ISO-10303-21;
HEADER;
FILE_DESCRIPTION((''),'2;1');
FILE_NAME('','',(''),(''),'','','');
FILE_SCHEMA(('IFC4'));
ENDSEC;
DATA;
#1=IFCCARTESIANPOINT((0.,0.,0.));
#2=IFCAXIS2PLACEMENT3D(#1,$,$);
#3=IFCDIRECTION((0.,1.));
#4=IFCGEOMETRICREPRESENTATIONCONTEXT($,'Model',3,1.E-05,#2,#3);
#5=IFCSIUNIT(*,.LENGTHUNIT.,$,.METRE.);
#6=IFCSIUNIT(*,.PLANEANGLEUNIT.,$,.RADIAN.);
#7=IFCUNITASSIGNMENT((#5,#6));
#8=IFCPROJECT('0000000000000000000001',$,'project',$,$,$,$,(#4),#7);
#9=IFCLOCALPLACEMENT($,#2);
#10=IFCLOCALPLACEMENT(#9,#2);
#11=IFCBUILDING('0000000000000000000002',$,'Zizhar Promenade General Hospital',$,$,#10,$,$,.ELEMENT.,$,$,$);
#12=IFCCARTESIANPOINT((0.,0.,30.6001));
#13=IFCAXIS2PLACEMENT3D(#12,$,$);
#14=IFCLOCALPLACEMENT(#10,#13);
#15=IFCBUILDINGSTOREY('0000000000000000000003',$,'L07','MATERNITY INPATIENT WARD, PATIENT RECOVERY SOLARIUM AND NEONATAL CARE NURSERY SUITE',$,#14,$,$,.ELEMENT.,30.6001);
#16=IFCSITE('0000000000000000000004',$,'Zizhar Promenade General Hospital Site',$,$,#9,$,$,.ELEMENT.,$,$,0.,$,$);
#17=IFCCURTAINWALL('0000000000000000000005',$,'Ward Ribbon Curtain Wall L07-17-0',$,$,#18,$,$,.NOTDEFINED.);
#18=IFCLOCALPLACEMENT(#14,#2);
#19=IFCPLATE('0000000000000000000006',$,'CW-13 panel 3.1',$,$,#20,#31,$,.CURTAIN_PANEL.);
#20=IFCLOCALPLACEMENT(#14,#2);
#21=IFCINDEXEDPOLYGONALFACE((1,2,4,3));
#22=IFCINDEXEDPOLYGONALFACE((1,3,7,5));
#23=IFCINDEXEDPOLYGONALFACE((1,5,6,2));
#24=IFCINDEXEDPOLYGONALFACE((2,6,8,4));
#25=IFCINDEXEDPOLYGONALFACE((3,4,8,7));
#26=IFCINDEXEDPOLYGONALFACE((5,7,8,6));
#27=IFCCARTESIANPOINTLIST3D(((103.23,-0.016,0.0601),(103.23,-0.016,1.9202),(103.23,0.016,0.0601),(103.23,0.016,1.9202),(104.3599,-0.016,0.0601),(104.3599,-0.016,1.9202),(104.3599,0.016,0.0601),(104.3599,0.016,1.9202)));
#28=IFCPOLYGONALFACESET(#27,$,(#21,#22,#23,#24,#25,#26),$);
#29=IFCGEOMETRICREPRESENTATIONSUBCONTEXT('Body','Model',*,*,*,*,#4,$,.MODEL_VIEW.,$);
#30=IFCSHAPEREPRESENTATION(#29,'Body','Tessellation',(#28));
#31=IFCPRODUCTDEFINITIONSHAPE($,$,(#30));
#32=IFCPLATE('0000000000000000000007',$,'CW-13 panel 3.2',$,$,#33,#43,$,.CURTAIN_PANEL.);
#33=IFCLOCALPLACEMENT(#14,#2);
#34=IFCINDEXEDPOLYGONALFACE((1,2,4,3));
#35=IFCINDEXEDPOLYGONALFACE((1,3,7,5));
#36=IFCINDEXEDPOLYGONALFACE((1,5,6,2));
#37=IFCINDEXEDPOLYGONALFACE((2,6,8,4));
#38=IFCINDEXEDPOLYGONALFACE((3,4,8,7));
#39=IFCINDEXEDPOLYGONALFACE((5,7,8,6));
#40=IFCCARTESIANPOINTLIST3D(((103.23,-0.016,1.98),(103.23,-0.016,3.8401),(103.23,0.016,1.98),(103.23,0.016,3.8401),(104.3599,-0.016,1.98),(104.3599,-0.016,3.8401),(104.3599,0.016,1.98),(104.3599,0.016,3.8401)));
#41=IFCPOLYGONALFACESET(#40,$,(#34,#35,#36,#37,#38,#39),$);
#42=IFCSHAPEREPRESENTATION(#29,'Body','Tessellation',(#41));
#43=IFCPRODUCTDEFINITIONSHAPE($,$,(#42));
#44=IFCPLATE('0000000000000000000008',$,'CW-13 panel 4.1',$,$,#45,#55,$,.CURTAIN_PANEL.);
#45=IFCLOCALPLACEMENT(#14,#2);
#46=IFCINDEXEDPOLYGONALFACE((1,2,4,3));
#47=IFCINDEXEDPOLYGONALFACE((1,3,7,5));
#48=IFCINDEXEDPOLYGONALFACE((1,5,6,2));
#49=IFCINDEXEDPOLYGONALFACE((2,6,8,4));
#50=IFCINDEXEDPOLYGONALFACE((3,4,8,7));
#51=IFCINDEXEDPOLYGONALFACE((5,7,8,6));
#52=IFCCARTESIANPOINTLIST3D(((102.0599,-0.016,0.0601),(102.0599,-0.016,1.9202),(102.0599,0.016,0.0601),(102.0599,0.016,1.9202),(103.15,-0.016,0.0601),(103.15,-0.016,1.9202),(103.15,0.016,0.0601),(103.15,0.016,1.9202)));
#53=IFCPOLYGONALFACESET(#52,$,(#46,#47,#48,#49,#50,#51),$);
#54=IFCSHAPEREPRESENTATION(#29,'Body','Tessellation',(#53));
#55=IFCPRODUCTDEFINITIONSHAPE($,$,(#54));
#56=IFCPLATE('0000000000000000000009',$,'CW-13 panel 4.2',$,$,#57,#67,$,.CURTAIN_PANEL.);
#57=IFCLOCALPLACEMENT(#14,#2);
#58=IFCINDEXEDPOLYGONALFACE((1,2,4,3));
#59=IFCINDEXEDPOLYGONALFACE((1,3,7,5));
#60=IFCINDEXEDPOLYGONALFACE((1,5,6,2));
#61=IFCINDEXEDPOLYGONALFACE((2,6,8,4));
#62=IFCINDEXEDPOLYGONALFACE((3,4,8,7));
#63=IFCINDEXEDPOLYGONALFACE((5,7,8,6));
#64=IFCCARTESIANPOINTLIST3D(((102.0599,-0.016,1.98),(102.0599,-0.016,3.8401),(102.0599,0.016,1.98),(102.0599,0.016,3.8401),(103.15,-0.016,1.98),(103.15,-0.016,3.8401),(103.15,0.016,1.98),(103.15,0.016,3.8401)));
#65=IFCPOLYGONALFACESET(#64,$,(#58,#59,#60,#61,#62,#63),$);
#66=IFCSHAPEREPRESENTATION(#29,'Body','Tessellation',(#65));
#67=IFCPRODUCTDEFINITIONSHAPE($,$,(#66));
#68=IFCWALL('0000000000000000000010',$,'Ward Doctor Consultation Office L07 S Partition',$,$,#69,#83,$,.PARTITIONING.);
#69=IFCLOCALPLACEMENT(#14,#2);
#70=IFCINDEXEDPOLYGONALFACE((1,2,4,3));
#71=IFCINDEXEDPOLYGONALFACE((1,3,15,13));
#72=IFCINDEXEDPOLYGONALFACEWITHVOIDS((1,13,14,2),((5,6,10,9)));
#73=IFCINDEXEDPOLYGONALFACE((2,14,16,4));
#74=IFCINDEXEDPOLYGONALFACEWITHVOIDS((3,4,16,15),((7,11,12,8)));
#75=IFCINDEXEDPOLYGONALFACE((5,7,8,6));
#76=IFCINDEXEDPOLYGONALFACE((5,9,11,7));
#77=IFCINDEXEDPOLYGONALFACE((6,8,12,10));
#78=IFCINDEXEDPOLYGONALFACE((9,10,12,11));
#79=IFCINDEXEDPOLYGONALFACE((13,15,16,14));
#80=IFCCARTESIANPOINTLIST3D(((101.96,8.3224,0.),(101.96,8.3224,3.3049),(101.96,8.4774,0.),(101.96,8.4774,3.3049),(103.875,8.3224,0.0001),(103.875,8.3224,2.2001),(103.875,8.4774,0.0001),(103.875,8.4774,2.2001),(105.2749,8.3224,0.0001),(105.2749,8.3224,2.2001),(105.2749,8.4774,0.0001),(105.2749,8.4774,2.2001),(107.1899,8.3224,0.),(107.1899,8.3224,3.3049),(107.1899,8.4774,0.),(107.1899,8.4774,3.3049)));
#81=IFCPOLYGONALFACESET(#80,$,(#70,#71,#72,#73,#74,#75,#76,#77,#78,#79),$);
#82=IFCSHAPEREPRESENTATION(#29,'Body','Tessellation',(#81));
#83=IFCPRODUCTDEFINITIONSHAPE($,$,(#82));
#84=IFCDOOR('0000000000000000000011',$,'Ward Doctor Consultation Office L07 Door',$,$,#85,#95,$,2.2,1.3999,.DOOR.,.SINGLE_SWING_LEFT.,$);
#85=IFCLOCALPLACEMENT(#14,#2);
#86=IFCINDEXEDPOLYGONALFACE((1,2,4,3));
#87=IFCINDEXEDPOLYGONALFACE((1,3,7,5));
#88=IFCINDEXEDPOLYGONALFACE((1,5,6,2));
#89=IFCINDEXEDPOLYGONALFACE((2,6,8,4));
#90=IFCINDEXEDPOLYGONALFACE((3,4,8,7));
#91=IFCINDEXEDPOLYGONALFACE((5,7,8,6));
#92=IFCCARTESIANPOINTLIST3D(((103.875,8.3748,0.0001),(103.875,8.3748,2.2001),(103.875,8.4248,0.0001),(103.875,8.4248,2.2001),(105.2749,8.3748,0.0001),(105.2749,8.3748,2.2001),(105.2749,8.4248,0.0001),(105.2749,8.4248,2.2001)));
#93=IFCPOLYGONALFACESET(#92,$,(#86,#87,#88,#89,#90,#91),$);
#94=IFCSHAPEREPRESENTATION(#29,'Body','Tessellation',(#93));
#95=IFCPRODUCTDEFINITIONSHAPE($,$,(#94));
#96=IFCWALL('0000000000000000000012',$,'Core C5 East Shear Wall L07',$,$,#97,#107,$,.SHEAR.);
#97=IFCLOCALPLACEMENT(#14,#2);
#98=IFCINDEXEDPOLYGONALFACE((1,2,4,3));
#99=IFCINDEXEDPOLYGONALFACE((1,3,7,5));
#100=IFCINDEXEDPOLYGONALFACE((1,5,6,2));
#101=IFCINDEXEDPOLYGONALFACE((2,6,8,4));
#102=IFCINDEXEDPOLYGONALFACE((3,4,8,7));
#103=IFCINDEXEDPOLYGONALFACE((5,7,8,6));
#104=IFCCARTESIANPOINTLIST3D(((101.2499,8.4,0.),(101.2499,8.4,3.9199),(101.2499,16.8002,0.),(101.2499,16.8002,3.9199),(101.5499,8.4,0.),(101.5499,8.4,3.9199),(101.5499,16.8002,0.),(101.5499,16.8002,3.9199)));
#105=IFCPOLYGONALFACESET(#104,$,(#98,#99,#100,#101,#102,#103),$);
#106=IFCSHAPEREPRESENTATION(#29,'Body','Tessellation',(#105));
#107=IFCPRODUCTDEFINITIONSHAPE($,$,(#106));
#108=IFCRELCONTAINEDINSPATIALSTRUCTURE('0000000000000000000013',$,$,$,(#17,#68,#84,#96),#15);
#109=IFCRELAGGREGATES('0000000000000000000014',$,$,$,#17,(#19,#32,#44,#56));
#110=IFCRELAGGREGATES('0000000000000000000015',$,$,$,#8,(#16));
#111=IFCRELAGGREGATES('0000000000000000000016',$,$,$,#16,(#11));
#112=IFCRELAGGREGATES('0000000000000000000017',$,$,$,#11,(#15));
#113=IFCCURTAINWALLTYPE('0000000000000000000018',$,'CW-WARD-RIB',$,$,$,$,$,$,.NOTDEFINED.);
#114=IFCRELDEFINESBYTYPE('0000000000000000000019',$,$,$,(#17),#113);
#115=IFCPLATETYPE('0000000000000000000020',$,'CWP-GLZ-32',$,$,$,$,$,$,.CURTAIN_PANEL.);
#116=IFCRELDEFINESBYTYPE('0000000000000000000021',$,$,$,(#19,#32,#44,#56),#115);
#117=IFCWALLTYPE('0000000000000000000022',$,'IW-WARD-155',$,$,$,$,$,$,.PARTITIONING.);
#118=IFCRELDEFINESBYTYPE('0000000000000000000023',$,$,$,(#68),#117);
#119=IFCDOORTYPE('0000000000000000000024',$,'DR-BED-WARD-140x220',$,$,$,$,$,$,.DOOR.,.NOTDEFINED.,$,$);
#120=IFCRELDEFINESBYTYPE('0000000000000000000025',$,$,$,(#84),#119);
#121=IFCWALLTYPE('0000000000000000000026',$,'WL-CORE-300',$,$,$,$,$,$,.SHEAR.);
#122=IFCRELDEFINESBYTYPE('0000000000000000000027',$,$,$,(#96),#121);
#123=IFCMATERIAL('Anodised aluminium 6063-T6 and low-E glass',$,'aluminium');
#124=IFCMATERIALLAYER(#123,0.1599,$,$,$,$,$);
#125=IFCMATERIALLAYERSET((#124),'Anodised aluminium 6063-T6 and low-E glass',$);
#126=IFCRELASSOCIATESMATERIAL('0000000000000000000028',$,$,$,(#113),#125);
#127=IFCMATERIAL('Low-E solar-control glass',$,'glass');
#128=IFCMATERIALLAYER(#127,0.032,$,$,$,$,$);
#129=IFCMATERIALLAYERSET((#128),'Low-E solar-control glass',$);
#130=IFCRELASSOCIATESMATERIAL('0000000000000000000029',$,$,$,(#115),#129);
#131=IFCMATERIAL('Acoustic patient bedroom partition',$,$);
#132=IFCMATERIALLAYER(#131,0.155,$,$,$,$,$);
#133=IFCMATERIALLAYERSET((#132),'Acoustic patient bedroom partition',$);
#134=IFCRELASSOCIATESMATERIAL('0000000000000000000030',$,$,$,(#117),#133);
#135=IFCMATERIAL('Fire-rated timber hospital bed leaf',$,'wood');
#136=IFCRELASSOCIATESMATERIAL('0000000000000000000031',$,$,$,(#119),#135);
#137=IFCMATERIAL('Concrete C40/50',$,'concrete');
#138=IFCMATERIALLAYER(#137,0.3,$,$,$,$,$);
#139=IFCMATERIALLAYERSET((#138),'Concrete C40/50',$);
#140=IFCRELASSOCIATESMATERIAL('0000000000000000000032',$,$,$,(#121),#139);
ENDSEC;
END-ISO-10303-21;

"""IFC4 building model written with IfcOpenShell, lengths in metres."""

from ifc_helpers import new_model, si_unit, direction, frame, frame_2d, origin, origin_2d, place, context, subcontext, project, spatial, rectangle, extrude, material, layer, layer_set, type_object, element, fill, aggregate, save


model = new_model("IFC4")

# Units and contexts
model_context = context("Model", 3, precision=1e-05, world=origin(), true_north=direction((0.0, 1.0)))
body_context = subcontext(model_context, "Body", "Model", "MODEL_VIEW")
ifc_project = project(units=[si_unit("LENGTHUNIT", "METRE"), si_unit("PLANEANGLEUNIT", "RADIAN")], contexts=[model_context])

# Site, building, storey
site_placement = place(None, origin())
site = spatial("IfcSite", under=ifc_project, at=site_placement, Name="Zizhar Promenade General Hospital Site", CompositionType="ELEMENT", RefElevation=0.0)
building_placement = place(site_placement, origin())
building = spatial("IfcBuilding", under=site, at=building_placement, Name="Zizhar Promenade General Hospital", CompositionType="ELEMENT")
storey_placement = place(building_placement, frame((0.0, 0.0, 30.6001)))
storey = spatial("IfcBuildingStorey", under=building, at=storey_placement, Name="L07", Description="MATERNITY INPATIENT WARD, PATIENT RECOVERY SOLARIUM AND NEONATAL CARE NURSERY SUITE", CompositionType="ELEMENT", Elevation=30.6001)

# Curtain wall, plates
ifc_material_1 = material(Name="Anodised aluminium 6063-T6 and low-E glass", Category="aluminium")
ifc_layer_1 = layer(ifc_material_1, 0.1599)
ifc_layer_set_1 = layer_set([ifc_layer_1], Name="Anodised aluminium 6063-T6 and low-E glass")
curtain_wall_type = type_object("IfcCurtainWallType", Name="CW-WARD-RIB", PredefinedType="NOTDEFINED", material=ifc_layer_set_1)
curtain_wall_placement = place(storey_placement, origin())
curtain_wall = element("IfcCurtainWall", 1, at=curtain_wall_placement, inside=storey, type_object=curtain_wall_type, Name="Ward Ribbon Curtain Wall L07-17-0", PredefinedType="NOTDEFINED")
ifc_material_2 = material(Name="Low-E solar-control glass", Category="glass")
ifc_layer_2 = layer(ifc_material_2, 0.032)
ifc_layer_set_2 = layer_set([ifc_layer_2], Name="Low-E solar-control glass")
plate_type = type_object("IfcPlateType", Name="CWP-GLZ-32", PredefinedType="CURTAIN_PANEL", material=ifc_layer_set_2)
plate_1_placement = place(storey_placement, frame((103.7949, 0.0, 0.0601), z_axis=(0.0, 0.0, 1.0), x_axis=(-1.0, 0.0, 0.0)))
plate_1 = element("IfcPlate", 2, at=plate_1_placement, type_object=plate_type, Name="CW-13 panel 3.1", PredefinedType="CURTAIN_PANEL", context=body_context, shape_type="SweptSolid", body=[
    extrude(rectangle(XDim=1.1299, YDim=0.032, at=origin_2d()), origin(), (0.0, 0.0, 1.0), 1.8601),
])
plate_2_placement = place(storey_placement, frame((103.7949, 0.0, 1.98), z_axis=(0.0, 0.0, 1.0), x_axis=(-1.0, 0.0, 0.0)))
plate_2 = element("IfcPlate", 3, at=plate_2_placement, type_object=plate_type, Name="CW-13 panel 3.2", PredefinedType="CURTAIN_PANEL", context=body_context, shape_type="SweptSolid", body=[
    extrude(rectangle(XDim=1.1299, YDim=0.032, at=origin_2d()), origin(), (0.0, 0.0, 1.0), 1.8601),
])
plate_3_placement = place(storey_placement, frame((102.605, 0.0, 0.0601), z_axis=(0.0, 0.0, 1.0), x_axis=(-1.0, 0.0, 0.0)))
plate_3 = element("IfcPlate", 4, at=plate_3_placement, type_object=plate_type, Name="CW-13 panel 4.1", PredefinedType="CURTAIN_PANEL", context=body_context, shape_type="SweptSolid", body=[
    extrude(rectangle(XDim=1.0901, YDim=0.032, at=origin_2d()), origin(), (0.0, 0.0, 1.0), 1.8601),
])
plate_4_placement = place(storey_placement, frame((102.605, 0.0, 1.98), z_axis=(0.0, 0.0, 1.0), x_axis=(-1.0, 0.0, 0.0)))
plate_4 = element("IfcPlate", 5, at=plate_4_placement, type_object=plate_type, Name="CW-13 panel 4.2", PredefinedType="CURTAIN_PANEL", context=body_context, shape_type="SweptSolid", body=[
    extrude(rectangle(XDim=1.0901, YDim=0.032, at=origin_2d()), origin(), (0.0, 0.0, 1.0), 1.8601),
])
aggregate(curtain_wall, [plate_1, plate_2, plate_3, plate_4])

# Wall, opening, door
ifc_material_3 = material(Name="Acoustic patient bedroom partition")
ifc_layer_3 = layer(ifc_material_3, 0.155)
ifc_layer_set_3 = layer_set([ifc_layer_3], Name="Acoustic patient bedroom partition")
wall_type_1 = type_object("IfcWallType", Name="IW-WARD-155", PredefinedType="PARTITIONING", material=ifc_layer_set_3)
wall_1_placement = place(storey_placement, frame((101.96, 8.3999, 0.0), z_axis=(0.0, 0.0, 1.0), x_axis=(1.0, 0.0, 0.0)))
wall_1 = element("IfcWall", 6, at=wall_1_placement, inside=storey, type_object=wall_type_1, Name="Ward Doctor Consultation Office L07 S Partition", PredefinedType="PARTITIONING", context=body_context, shape_type="SweptSolid", body=[
    extrude(rectangle(XDim=5.23, YDim=0.155, at=frame_2d((2.615, 0.0))), origin(), (0.0, 0.0, 1.0), 3.3049),
])
opening_placement = place(wall_1_placement, frame((1.915, 0.0, 0.0)))
opening = element("IfcOpeningElement", 7, at=opening_placement, cuts=wall_1, PredefinedType="OPENING", context=body_context, shape_type="SweptSolid", body=[
    extrude(rectangle(XDim=1.3999, YDim=2.2, at=frame_2d((0.7, 1.1001))), frame((0.0, 0.0874, 0.0), z_axis=(0.0, -1.0, 0.0), x_axis=(1.0, 0.0, 0.0)), (0.0, 0.0, 1.0), 0.175),
])
ifc_material_4 = material(Name="Fire-rated timber hospital bed leaf", Category="wood")
door_type = type_object("IfcDoorType", Name="DR-BED-WARD-140x220", OperationType="NOTDEFINED", PredefinedType="DOOR", material=ifc_material_4)
door_placement = place(opening_placement, origin())
door = element("IfcDoor", 8, at=door_placement, inside=storey, type_object=door_type, Name="Ward Doctor Consultation Office L07 Door", OperationType="SINGLE_SWING_LEFT", OverallHeight=2.2, OverallWidth=1.3999, PredefinedType="DOOR", context=body_context, shape_type="SweptSolid", body=[
    extrude(rectangle(XDim=1.3999, YDim=2.2, at=frame_2d((0.7, 1.1001))), frame((0.0, 0.0249, 0.0), z_axis=(0.0, -1.0, 0.0), x_axis=(1.0, 0.0, 0.0)), (0.0, 0.0, 1.0), 0.05),
])
fill(opening, door)

# Wall
ifc_material_5 = material(Name="Concrete C40/50", Category="concrete")
ifc_layer_4 = layer(ifc_material_5, 0.3)
ifc_layer_set_4 = layer_set([ifc_layer_4], Name="Concrete C40/50")
wall_type_2 = type_object("IfcWallType", Name="WL-CORE-300", PredefinedType="SHEAR", material=ifc_layer_set_4)
wall_2_placement = place(storey_placement, frame((101.3999, 8.3999, 0.0), z_axis=(0.0, 0.0, 1.0), x_axis=(0.0, 1.0, 0.0)))
element("IfcWall", 9, at=wall_2_placement, inside=storey, type_object=wall_type_2, Name="Core C5 East Shear Wall L07", PredefinedType="SHEAR", context=body_context, shape_type="SweptSolid", body=[
    extrude(rectangle(XDim=8.4001, YDim=0.3, at=frame_2d((4.2002, 0.0))), origin(), (0.0, 0.0, 1.0), 3.9199),
])

save(model, "model.ifc")
